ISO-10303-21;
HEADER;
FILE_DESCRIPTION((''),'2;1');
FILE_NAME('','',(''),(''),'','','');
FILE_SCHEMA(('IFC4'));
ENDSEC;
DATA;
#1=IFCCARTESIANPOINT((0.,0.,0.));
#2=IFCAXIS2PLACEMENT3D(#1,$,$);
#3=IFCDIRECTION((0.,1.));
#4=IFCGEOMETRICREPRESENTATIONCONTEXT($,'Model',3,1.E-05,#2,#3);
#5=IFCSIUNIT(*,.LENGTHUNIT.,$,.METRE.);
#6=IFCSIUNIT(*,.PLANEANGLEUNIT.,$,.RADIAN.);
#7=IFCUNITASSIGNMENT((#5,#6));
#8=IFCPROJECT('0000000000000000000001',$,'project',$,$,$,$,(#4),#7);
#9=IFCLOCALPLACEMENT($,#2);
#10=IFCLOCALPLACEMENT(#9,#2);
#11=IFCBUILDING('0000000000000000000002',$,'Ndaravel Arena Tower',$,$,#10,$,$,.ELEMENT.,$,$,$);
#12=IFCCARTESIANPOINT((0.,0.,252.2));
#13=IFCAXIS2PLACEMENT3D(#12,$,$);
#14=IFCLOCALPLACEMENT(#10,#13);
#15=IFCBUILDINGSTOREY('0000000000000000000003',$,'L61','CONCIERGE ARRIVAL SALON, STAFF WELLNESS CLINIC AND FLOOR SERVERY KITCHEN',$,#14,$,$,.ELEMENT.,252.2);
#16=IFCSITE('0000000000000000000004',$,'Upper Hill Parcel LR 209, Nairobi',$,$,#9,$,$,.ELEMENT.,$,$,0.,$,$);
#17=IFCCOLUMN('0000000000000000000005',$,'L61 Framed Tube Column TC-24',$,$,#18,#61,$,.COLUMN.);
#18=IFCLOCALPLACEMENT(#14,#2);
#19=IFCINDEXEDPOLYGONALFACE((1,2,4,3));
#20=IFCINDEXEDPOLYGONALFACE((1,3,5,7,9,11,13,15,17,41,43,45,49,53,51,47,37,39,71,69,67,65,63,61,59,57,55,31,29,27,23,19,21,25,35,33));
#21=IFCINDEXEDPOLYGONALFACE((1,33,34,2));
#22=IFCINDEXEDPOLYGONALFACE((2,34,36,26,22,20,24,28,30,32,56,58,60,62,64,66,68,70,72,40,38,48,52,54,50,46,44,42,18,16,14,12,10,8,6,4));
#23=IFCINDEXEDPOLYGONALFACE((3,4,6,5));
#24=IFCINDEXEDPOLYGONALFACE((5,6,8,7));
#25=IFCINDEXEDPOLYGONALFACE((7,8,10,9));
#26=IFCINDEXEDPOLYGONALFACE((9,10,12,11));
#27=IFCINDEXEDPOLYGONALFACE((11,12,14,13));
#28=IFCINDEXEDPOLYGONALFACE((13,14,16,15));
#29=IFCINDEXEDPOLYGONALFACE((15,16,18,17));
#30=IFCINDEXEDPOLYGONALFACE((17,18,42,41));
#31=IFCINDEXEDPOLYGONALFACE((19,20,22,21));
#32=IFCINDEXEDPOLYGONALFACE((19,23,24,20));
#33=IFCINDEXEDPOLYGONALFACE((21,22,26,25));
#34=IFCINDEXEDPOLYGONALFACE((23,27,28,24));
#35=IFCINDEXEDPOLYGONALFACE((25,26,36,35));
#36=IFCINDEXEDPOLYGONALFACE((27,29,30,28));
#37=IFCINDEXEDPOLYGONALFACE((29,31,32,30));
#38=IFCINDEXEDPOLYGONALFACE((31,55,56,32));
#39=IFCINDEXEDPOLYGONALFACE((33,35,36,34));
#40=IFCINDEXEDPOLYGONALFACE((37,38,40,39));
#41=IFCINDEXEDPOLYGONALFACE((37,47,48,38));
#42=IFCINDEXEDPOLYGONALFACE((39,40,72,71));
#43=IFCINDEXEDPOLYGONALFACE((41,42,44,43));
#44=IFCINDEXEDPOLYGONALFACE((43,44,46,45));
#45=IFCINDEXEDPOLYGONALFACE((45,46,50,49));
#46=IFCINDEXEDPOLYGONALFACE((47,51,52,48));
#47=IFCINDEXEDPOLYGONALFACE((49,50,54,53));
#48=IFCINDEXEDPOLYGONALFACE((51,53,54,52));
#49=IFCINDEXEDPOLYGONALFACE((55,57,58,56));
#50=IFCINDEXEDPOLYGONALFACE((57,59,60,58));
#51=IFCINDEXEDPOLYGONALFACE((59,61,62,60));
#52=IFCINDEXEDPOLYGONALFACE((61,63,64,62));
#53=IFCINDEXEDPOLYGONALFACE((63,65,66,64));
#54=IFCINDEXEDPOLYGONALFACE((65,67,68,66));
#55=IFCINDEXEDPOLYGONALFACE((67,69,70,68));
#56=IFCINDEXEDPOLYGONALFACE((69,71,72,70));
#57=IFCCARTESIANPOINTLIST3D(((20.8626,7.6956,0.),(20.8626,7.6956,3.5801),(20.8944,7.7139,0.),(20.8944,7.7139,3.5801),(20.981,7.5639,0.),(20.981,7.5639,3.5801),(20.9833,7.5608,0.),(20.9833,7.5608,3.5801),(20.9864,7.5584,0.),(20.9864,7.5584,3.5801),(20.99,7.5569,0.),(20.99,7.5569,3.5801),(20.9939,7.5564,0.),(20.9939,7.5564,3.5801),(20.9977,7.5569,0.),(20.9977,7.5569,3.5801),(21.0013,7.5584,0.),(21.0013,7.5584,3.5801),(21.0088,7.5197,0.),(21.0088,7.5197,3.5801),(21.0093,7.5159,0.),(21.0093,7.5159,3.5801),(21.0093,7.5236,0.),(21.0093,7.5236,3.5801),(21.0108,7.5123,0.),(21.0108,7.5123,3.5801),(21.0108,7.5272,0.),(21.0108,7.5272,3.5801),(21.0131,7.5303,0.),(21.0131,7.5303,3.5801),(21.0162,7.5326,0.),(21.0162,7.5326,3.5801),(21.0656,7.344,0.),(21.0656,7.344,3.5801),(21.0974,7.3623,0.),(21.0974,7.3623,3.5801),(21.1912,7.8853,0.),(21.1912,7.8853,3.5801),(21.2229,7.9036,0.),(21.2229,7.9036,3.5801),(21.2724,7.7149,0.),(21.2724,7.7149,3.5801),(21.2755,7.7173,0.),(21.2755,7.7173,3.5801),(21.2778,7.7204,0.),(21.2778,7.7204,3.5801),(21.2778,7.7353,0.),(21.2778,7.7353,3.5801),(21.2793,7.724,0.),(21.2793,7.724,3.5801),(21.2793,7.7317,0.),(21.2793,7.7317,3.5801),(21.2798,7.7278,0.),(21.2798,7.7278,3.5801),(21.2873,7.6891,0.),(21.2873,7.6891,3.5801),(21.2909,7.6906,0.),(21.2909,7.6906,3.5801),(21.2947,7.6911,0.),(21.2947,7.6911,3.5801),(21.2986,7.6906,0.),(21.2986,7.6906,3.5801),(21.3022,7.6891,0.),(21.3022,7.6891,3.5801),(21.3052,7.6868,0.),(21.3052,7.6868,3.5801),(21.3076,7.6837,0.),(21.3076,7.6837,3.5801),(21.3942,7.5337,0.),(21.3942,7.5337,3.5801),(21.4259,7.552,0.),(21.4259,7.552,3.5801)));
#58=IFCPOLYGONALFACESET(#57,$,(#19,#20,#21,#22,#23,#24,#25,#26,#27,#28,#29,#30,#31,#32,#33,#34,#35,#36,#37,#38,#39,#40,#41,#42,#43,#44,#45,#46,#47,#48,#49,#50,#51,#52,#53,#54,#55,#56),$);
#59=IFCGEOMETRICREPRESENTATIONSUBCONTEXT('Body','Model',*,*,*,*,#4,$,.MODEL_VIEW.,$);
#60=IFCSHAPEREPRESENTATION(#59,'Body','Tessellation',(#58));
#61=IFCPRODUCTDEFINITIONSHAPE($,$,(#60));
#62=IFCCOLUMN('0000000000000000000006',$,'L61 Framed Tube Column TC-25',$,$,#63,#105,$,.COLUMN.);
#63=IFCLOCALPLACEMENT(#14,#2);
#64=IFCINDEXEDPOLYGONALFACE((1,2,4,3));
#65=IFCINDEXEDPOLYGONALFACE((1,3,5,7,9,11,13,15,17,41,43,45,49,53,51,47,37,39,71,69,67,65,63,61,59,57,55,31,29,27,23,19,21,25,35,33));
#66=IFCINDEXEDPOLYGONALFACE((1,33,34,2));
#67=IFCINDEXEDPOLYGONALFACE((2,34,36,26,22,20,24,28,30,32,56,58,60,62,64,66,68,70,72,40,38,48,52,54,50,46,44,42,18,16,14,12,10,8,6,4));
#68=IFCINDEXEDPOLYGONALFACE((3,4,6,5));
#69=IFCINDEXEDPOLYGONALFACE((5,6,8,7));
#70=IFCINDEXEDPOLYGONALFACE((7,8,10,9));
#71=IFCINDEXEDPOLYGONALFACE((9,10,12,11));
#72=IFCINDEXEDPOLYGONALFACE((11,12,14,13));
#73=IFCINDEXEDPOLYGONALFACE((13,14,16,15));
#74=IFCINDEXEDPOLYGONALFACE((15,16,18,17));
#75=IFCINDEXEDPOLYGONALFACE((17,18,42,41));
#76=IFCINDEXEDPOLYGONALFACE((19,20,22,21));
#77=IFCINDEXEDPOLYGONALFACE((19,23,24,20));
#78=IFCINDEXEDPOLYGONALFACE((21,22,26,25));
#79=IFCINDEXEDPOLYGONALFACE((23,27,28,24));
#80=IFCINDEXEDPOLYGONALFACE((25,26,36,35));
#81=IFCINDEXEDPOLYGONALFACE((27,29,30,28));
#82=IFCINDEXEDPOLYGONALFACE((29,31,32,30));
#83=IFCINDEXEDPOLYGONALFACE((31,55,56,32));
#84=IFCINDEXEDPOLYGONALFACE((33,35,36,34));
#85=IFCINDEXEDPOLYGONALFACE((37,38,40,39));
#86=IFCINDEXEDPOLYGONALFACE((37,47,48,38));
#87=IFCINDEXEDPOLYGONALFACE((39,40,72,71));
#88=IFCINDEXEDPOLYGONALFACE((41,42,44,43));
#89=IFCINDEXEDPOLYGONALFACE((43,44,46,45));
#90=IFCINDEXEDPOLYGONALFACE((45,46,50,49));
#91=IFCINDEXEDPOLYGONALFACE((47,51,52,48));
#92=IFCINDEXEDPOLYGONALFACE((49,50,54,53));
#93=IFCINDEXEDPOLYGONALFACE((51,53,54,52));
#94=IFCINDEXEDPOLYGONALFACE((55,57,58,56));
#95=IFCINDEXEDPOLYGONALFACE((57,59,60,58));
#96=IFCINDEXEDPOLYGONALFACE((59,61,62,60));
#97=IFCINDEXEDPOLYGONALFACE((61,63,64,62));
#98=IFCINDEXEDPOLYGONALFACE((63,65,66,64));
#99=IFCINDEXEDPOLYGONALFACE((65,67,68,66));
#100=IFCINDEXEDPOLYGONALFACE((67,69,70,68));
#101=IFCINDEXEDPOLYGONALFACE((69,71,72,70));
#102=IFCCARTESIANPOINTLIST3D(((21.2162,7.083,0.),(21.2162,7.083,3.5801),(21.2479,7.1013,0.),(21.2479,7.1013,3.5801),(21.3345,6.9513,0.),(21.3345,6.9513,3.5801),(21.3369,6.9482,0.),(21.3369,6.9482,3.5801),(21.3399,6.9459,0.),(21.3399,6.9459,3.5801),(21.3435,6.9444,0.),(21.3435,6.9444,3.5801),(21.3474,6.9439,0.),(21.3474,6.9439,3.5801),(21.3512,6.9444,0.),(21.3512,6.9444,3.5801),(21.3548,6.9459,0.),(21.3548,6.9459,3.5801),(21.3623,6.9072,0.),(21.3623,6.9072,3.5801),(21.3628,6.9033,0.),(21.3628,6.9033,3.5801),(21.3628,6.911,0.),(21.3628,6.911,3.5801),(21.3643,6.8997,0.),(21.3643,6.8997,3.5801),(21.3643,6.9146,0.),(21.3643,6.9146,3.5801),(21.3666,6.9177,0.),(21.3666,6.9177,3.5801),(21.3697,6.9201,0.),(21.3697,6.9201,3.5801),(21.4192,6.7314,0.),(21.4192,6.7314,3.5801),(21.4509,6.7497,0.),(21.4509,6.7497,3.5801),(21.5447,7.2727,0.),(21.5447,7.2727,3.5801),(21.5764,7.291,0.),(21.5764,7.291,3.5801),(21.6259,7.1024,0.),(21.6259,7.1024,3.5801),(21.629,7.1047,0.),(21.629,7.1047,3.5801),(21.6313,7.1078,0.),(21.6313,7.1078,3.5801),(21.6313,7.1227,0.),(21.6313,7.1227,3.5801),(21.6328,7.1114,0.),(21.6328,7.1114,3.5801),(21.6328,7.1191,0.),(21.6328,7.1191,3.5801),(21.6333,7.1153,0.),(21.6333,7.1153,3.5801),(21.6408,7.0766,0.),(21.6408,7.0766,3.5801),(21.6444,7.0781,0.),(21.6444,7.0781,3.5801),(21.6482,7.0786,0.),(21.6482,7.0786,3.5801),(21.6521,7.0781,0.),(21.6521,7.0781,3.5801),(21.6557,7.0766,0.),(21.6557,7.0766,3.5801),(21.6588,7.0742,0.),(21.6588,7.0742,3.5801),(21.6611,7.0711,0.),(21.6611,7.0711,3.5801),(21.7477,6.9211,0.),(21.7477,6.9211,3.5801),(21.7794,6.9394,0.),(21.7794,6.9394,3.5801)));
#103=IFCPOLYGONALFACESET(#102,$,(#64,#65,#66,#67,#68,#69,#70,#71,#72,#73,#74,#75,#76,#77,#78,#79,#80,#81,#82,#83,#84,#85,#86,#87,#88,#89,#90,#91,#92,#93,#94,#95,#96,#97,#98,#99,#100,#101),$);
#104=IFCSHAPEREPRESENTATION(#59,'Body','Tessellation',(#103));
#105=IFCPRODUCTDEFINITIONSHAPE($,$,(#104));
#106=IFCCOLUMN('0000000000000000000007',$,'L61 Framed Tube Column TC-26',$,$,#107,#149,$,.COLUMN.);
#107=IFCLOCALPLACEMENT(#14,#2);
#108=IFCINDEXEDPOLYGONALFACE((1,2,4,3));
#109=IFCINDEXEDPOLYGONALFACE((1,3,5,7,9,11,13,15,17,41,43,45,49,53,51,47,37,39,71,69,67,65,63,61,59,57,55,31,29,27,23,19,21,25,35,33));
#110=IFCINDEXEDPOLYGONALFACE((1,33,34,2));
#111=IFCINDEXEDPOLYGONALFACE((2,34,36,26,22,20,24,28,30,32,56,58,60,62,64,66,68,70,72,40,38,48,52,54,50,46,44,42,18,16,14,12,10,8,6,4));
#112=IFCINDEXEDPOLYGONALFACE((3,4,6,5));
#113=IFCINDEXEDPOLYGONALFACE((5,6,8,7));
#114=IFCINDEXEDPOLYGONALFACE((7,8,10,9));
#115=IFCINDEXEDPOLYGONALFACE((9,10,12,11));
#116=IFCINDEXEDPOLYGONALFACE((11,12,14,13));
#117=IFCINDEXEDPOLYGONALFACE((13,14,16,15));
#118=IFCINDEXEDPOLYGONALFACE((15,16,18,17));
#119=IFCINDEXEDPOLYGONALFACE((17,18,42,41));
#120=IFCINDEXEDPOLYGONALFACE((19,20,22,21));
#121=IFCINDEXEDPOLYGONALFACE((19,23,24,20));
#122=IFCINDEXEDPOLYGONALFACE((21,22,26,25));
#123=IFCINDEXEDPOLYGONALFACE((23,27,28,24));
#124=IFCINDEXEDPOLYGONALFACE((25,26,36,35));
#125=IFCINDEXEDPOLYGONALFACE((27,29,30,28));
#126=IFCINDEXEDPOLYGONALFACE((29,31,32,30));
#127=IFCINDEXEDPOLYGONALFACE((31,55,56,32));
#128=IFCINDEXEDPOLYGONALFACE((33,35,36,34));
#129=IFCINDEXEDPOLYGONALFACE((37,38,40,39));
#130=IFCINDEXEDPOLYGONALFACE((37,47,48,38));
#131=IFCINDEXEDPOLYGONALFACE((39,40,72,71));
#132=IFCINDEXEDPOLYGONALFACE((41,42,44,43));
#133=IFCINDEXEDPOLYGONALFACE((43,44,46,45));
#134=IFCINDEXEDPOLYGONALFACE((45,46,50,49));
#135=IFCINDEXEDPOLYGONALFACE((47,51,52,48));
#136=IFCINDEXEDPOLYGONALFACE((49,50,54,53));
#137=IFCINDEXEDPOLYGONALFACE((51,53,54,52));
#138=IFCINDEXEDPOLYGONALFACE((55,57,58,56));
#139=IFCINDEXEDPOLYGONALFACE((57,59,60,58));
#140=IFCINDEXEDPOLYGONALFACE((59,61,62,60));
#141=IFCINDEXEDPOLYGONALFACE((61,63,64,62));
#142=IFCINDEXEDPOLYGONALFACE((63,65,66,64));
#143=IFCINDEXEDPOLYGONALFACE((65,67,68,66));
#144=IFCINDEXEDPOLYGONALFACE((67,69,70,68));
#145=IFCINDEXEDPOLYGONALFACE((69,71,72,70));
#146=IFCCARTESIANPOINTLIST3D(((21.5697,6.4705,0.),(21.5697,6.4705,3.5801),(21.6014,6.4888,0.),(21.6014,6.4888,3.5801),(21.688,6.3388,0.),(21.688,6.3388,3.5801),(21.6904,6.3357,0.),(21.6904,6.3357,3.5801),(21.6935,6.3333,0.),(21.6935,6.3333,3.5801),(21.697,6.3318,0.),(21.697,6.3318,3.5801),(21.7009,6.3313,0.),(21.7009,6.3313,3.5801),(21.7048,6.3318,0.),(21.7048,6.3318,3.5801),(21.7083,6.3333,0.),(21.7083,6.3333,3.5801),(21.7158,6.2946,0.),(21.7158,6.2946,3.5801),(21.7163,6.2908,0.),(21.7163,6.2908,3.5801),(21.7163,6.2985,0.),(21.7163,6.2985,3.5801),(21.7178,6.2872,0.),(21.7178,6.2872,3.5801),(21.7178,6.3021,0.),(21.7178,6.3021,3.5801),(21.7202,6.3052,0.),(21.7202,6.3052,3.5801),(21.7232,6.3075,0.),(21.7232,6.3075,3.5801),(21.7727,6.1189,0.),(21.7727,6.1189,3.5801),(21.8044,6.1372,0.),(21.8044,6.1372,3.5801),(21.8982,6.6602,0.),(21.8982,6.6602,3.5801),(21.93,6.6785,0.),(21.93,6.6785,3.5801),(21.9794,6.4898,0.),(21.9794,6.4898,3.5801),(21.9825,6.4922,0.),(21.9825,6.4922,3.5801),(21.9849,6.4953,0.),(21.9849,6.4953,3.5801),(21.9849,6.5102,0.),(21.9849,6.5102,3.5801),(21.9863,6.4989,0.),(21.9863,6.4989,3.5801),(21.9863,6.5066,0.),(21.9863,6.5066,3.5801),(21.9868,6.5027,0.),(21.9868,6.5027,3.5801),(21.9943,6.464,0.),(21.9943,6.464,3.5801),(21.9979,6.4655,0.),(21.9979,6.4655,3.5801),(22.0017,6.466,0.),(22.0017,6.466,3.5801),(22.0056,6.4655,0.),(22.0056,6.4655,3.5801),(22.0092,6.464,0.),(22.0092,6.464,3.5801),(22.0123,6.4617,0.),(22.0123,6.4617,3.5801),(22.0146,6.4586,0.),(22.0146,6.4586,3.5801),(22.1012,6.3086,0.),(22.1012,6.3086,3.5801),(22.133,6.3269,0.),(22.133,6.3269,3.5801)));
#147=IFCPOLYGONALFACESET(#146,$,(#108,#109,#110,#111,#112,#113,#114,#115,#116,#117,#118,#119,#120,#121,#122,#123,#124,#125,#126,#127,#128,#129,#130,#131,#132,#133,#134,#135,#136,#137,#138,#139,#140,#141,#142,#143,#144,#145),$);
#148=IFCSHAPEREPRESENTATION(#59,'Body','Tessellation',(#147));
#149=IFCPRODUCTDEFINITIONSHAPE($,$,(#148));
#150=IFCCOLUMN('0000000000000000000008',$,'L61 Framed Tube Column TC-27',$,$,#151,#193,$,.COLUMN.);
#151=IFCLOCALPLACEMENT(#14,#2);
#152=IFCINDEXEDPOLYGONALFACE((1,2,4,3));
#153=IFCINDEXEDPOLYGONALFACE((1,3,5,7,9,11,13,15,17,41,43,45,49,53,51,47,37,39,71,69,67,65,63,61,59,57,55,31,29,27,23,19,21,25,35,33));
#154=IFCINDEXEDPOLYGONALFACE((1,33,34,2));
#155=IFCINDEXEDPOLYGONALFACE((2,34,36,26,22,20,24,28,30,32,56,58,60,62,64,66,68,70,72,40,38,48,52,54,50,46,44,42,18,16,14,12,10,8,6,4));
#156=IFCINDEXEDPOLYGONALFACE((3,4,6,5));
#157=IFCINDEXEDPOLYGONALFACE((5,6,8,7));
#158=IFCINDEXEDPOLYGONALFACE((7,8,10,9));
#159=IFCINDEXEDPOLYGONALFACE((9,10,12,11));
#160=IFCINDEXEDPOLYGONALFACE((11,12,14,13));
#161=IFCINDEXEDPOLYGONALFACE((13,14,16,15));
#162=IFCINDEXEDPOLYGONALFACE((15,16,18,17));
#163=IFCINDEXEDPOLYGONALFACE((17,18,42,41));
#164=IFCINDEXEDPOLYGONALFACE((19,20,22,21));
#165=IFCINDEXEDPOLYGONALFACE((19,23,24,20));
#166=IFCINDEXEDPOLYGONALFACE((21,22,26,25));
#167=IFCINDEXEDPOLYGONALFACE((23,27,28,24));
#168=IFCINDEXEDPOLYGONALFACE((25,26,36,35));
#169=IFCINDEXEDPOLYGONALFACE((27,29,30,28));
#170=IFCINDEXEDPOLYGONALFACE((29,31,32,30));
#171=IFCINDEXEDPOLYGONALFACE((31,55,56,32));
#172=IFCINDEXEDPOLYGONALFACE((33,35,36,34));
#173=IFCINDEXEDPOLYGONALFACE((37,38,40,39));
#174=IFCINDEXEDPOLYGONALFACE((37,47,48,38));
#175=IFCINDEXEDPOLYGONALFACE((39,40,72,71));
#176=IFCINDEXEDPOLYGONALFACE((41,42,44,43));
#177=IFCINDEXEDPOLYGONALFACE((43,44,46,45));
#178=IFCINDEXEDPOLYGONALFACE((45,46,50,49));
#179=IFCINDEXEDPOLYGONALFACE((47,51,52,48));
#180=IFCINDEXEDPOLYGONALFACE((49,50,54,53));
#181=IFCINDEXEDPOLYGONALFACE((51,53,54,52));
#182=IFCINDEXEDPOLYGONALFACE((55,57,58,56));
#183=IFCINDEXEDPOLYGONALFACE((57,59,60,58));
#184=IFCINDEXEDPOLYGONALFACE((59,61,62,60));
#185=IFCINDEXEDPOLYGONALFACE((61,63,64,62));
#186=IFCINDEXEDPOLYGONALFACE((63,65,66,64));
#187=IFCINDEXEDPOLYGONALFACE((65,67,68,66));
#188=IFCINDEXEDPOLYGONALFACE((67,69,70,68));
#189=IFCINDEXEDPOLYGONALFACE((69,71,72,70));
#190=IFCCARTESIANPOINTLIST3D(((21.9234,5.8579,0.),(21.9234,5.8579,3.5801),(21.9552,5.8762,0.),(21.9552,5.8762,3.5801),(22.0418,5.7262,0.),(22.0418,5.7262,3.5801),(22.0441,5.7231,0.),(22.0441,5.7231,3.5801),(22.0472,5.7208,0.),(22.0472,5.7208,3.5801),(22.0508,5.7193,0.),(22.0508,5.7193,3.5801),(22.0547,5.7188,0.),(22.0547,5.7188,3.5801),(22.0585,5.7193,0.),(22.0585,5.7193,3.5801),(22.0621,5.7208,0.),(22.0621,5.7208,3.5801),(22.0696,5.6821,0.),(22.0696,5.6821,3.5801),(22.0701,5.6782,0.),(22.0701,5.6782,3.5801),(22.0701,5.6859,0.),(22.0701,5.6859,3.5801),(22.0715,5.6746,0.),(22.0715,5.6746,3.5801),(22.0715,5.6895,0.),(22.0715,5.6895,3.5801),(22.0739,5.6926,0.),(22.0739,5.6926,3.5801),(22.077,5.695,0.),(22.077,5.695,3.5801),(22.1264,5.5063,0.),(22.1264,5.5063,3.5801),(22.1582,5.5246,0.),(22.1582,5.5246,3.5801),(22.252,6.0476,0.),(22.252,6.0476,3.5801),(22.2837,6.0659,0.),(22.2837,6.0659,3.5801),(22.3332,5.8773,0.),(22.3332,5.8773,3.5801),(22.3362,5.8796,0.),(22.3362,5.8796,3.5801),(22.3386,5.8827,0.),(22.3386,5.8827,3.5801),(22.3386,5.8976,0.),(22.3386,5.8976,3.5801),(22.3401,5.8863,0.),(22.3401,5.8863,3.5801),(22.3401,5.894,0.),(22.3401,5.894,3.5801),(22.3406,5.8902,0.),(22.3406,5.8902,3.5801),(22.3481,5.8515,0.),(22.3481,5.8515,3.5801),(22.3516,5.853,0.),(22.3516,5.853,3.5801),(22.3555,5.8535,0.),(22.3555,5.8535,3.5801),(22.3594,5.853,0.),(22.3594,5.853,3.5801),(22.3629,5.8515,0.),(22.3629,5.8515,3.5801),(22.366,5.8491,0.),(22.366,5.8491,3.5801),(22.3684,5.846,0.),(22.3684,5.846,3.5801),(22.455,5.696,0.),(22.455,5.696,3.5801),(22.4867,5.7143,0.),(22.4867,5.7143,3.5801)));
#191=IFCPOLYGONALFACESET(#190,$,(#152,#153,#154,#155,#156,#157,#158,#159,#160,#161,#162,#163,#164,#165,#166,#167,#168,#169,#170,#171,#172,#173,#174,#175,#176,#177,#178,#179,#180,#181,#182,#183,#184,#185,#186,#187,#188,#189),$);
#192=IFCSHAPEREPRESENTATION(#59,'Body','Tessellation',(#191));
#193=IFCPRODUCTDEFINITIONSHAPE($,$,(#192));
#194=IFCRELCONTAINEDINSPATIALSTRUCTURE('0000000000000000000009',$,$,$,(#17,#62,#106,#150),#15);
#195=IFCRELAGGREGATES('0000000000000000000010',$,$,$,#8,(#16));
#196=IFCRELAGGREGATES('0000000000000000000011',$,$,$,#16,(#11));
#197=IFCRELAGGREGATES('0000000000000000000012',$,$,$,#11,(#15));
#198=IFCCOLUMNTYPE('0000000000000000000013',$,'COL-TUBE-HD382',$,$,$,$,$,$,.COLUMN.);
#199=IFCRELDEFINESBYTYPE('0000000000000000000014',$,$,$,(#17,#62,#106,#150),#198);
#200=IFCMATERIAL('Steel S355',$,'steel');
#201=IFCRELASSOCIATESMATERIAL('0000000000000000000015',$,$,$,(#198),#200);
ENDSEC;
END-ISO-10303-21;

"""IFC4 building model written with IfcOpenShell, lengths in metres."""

from ifc_helpers import new_model, si_unit, direction, frame, origin, origin_2d, place, context, subcontext, project, spatial, i_section, extrude, material, material_profile, profile_set, type_object, element, save


model = new_model("IFC4")

# Units and contexts
model_context = context("Model", 3, precision=1e-05, world=origin(), true_north=direction((0.0, 1.0)))
body_context = subcontext(model_context, "Body", "Model", "MODEL_VIEW")
ifc_project = project(units=[si_unit("LENGTHUNIT", "METRE"), si_unit("PLANEANGLEUNIT", "RADIAN")], contexts=[model_context])

# Site, building, storey
site_placement = place(None, origin())
site = spatial("IfcSite", under=ifc_project, at=site_placement, Name="Upper Hill Parcel LR 209, Nairobi", CompositionType="ELEMENT", RefElevation=0.0)
building_placement = place(site_placement, origin())
building = spatial("IfcBuilding", under=site, at=building_placement, Name="Ndaravel Arena Tower", CompositionType="ELEMENT")
storey_placement = place(building_placement, frame((0.0, 0.0, 252.2)))
storey = spatial("IfcBuildingStorey", under=building, at=storey_placement, Name="L61", Description="CONCIERGE ARRIVAL SALON, STAFF WELLNESS CLINIC AND FLOOR SERVERY KITCHEN", CompositionType="ELEMENT", Elevation=252.2)

# Columns
ifc_material_1 = material(Name="Steel S355", Category="steel")
ifc_material_profile_1 = material_profile(ifc_material_1, i_section(OverallWidth=0.406, OverallDepth=0.416, WebThickness=0.0298, FlangeThickness=0.0366, FilletRadius=0.0149, at=origin_2d()), Name="HD 400x382")
ifc_profile_set_1 = profile_set([ifc_material_profile_1], Name="Steel S355")
column_type = type_object("IfcColumnType", Name="COL-TUBE-HD382", PredefinedType="COLUMN", material=ifc_profile_set_1)
for number, where, z_axis, x_axis, name in (
    (1, (21.1443, 7.6238, 0.0), (0.0, 0.0, 1.0), (-0.5, 0.866025, 0.0), "L61 Framed Tube Column TC-24"),
    (2, (21.4978, 7.0112, 0.0), (0.0, 0.0, 1.0), (-0.5, 0.866025, 0.0), "L61 Framed Tube Column TC-25"),
    (3, (21.8513, 6.3987, 0.0), (0.0, 0.0, 1.0), (-0.5, 0.866025, 0.0), "L61 Framed Tube Column TC-26"),
    (4, (22.2051, 5.7861, 0.0), (0.0, 0.0, 1.0), (-0.5, 0.866025, 0.0), "L61 Framed Tube Column TC-27"),
):
    element("IfcColumn", number, at=place(storey_placement, frame(where, z_axis=z_axis, x_axis=x_axis)), inside=storey, type_object=column_type, Name=name, PredefinedType="COLUMN", context=body_context, shape_type="SweptSolid", body=[
        extrude(i_section(OverallWidth=0.406, OverallDepth=0.416, WebThickness=0.0298, FlangeThickness=0.0366, FilletRadius=0.0149, at=origin_2d()), origin(), (0.0, 0.0, 1.0), 3.5801),
    ])

save(model, "model.ifc")
